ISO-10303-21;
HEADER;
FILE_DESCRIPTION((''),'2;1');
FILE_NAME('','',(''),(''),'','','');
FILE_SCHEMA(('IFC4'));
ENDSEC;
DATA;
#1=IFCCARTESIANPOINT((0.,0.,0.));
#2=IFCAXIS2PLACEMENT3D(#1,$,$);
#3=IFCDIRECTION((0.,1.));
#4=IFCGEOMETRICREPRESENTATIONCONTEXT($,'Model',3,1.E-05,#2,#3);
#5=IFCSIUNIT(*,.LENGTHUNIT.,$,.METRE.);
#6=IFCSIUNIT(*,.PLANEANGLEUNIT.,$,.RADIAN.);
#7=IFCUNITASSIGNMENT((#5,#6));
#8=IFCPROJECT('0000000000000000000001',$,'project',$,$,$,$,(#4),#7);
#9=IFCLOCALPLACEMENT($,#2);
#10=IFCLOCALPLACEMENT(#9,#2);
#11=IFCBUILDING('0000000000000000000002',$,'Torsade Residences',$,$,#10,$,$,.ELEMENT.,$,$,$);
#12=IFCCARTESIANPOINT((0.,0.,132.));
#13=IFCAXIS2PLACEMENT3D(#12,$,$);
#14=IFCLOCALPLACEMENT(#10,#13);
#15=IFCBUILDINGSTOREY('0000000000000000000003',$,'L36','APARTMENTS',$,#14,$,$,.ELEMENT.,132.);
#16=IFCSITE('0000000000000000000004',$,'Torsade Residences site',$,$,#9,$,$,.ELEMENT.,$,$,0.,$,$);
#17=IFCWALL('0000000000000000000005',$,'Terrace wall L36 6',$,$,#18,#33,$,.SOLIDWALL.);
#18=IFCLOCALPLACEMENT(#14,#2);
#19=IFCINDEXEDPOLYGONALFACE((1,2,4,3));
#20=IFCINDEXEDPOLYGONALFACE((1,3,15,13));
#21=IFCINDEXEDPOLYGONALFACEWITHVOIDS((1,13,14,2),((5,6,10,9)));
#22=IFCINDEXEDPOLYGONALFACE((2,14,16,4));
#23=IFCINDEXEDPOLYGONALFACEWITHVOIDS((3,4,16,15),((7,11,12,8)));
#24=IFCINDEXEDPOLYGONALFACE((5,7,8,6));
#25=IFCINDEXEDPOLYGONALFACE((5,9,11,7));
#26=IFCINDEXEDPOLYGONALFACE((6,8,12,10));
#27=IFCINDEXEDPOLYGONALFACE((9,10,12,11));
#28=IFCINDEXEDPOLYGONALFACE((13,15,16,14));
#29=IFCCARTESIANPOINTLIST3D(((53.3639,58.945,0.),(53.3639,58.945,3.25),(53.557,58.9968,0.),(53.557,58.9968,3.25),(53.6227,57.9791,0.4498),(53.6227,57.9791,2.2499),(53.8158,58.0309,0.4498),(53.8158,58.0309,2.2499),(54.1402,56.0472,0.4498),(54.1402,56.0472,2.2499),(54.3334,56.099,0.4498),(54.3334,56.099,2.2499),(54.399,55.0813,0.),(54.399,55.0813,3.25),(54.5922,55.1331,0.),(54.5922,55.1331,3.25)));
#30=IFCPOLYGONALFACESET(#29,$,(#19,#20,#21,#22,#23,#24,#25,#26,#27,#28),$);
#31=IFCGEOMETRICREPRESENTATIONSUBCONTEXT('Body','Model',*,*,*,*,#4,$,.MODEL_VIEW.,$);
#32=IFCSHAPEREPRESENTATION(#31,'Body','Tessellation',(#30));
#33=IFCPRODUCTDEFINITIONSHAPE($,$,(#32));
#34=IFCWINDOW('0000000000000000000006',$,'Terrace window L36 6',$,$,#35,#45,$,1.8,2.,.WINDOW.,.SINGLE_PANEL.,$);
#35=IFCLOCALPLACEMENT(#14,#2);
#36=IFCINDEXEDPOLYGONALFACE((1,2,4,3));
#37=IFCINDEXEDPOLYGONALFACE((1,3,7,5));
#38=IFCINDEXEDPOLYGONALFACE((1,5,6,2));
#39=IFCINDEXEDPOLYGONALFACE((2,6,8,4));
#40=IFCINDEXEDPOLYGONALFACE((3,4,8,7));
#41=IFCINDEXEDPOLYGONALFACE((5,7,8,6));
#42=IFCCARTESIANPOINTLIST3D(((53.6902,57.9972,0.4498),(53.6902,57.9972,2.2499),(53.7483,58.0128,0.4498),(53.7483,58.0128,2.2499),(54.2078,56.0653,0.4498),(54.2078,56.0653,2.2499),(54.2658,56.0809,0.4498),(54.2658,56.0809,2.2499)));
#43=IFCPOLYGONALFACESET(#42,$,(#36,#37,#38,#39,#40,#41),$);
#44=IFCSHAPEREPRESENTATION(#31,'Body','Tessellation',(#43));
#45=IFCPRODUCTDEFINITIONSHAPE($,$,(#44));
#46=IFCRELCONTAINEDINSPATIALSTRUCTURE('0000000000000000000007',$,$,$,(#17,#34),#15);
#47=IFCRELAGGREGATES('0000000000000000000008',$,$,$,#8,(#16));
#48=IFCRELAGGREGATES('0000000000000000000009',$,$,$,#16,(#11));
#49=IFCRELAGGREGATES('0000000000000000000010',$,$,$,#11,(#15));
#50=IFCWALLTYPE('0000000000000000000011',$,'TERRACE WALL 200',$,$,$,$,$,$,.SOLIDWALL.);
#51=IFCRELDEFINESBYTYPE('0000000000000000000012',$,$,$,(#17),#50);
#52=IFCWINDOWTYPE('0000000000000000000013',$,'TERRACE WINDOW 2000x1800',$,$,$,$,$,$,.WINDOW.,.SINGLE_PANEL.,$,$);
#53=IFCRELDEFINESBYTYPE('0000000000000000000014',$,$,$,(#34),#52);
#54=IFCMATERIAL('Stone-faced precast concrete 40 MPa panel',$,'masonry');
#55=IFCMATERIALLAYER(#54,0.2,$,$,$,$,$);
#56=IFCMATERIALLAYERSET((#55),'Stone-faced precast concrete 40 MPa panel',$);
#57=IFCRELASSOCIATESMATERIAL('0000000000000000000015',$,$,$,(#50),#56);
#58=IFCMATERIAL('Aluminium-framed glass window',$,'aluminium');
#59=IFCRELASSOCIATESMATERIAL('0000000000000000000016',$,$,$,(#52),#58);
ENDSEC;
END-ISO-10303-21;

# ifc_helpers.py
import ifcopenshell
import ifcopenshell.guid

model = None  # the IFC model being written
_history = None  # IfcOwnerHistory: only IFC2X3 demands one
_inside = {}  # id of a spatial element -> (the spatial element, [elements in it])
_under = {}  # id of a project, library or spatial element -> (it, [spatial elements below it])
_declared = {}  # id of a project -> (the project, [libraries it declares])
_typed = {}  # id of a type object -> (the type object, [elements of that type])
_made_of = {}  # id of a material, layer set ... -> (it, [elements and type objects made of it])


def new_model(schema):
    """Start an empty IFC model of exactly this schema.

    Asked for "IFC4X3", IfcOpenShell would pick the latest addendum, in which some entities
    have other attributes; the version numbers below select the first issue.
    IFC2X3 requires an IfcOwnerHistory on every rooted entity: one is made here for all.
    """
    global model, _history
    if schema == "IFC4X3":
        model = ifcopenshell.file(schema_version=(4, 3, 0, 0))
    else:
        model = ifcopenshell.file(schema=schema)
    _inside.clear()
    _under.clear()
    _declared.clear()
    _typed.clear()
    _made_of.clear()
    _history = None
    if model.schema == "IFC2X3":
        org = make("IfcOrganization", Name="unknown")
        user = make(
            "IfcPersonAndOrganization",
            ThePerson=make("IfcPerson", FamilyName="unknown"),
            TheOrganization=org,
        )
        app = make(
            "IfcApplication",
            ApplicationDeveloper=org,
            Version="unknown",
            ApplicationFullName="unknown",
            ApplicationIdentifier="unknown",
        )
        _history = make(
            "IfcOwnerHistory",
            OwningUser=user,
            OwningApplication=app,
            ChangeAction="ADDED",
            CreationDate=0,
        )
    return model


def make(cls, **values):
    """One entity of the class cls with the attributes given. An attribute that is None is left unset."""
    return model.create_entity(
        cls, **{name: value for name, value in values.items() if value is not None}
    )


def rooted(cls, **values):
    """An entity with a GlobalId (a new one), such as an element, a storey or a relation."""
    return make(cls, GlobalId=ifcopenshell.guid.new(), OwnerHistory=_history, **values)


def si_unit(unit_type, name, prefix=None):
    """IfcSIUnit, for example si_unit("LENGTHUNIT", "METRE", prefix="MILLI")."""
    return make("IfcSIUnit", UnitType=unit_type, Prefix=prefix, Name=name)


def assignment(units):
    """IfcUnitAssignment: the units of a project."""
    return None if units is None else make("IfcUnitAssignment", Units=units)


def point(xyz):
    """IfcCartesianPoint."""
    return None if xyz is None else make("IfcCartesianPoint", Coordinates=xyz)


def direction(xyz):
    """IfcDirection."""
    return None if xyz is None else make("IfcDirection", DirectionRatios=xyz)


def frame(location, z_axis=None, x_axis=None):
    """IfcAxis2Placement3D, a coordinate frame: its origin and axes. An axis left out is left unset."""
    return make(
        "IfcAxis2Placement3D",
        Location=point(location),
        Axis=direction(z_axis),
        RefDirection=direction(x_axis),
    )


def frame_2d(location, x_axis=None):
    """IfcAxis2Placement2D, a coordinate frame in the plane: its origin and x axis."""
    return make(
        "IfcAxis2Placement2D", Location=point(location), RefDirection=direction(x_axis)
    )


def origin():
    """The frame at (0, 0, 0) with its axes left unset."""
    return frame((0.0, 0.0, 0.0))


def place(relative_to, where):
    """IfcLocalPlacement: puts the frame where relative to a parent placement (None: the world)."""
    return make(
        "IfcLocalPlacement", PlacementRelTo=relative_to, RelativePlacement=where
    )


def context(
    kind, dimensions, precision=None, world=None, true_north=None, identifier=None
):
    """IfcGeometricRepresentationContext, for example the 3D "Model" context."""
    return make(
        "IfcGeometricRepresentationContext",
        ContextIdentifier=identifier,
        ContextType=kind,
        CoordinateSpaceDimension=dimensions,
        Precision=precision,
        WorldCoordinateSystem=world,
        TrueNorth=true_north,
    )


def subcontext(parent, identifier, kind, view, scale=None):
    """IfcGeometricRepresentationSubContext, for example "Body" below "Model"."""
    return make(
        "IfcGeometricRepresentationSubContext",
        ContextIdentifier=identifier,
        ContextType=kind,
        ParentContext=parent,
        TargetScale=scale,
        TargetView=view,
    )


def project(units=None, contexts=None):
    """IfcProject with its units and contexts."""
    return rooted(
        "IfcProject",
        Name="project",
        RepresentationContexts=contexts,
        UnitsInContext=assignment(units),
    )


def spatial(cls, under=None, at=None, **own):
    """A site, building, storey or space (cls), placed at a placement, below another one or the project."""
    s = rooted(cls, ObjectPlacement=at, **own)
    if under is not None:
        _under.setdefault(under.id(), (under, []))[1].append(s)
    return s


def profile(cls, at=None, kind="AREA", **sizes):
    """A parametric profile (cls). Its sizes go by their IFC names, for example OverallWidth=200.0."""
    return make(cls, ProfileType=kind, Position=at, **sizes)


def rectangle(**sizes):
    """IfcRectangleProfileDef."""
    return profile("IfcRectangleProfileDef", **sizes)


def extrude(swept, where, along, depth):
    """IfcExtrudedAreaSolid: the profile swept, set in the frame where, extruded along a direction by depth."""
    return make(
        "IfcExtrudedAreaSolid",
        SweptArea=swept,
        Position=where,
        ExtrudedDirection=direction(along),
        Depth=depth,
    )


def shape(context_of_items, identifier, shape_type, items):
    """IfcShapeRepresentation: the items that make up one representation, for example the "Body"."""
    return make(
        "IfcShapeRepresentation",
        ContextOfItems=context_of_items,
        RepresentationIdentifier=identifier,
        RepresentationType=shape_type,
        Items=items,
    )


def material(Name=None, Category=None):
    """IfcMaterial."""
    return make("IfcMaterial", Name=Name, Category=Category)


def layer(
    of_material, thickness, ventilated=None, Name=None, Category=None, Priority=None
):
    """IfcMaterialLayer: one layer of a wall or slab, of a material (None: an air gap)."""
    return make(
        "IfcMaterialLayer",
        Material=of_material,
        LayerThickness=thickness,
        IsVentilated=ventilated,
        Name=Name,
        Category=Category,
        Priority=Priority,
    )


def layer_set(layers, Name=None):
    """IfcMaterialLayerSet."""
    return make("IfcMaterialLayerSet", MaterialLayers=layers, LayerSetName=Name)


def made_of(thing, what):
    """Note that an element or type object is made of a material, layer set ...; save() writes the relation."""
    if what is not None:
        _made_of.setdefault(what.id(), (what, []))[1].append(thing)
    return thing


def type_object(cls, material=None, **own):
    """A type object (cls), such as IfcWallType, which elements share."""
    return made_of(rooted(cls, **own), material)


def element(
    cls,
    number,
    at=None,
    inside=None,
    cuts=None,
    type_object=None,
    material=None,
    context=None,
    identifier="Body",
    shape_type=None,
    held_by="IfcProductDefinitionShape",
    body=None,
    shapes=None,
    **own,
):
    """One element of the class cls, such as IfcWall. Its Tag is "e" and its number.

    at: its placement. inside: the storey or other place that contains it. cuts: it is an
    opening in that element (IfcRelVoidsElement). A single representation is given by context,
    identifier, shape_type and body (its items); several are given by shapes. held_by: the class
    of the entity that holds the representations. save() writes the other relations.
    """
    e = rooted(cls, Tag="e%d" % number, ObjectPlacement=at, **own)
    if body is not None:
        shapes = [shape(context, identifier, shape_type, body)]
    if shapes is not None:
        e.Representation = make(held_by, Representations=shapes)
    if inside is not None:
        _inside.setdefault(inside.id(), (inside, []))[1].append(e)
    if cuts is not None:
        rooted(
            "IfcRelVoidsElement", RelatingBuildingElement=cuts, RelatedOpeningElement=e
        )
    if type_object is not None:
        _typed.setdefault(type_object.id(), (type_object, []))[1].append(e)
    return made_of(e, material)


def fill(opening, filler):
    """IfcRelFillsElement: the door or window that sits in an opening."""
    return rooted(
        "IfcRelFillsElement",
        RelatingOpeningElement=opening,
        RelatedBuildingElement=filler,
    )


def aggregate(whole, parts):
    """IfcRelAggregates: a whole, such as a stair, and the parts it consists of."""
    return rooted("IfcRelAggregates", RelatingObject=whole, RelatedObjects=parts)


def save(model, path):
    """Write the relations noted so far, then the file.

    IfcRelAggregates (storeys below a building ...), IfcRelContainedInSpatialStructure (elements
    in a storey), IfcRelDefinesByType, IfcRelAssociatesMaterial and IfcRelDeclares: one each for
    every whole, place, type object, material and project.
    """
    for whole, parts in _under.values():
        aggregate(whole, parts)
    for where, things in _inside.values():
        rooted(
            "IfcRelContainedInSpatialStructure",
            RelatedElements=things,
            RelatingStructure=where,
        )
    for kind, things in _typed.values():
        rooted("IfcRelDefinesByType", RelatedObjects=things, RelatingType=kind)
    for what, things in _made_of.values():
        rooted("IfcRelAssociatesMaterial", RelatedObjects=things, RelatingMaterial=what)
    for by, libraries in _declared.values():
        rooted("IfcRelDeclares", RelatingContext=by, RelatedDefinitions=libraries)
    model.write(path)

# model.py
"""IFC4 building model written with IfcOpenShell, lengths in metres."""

from ifc_helpers import new_model, si_unit, direction, frame, frame_2d, origin, place, context, subcontext, project, spatial, rectangle, extrude, material, layer, layer_set, type_object, element, fill, save


model = new_model("IFC4")

# Units and contexts
model_context = context("Model", 3, precision=1e-05, world=origin(), true_north=direction((0.0, 1.0)))
body_context = subcontext(model_context, "Body", "Model", "MODEL_VIEW")
ifc_project = project(units=[si_unit("LENGTHUNIT", "METRE"), si_unit("PLANEANGLEUNIT", "RADIAN")], contexts=[model_context])

# Site, building, storey
site_placement = place(None, origin())
site = spatial("IfcSite", under=ifc_project, at=site_placement, Name="Torsade Residences site", CompositionType="ELEMENT", RefElevation=0.0)
building_placement = place(site_placement, origin())
building = spatial("IfcBuilding", under=site, at=building_placement, Name="Torsade Residences", CompositionType="ELEMENT")
storey_placement = place(building_placement, frame((0.0, 0.0, 132.0)))
storey = spatial("IfcBuildingStorey", under=building, at=storey_placement, Name="L36", Description="APARTMENTS", CompositionType="ELEMENT", Elevation=132.0)

# Shared definitions
ifc_material_1 = material(Name="Stone-faced precast concrete 40 MPa panel", Category="masonry")
ifc_layer_1 = layer(ifc_material_1, 0.2)
ifc_layer_set_1 = layer_set([ifc_layer_1], Name="Stone-faced precast concrete 40 MPa panel")
wall_type = type_object("IfcWallType", Name="TERRACE WALL 200", PredefinedType="SOLIDWALL", material=ifc_layer_set_1)

# Wall, opening, window
wall_1_placement = place(storey_placement, frame((54.4956, 55.1072, 0.0), z_axis=(0.0, 0.0, 1.0), x_axis=(-0.258787, 0.965934, 0.0)))
wall_1 = element("IfcWall", 1, at=wall_1_placement, inside=storey, type_object=wall_type, Name="Terrace wall L36 6", PredefinedType="SOLIDWALL", context=body_context, shape_type="SweptSolid", body=[
    extrude(rectangle(XDim=4.0, YDim=0.2, at=frame_2d((2.0, 0.0))), origin(), (0.0, 0.0, 1.0), 3.25),
])
opening_1_placement = place(wall_1_placement, frame((1.0, 0.0, 0.45)))
opening_1 = element("IfcOpeningElement", 2, at=opening_1_placement, cuts=wall_1, PredefinedType="OPENING", context=body_context, shape_type="SweptSolid", body=[
    extrude(rectangle(XDim=2.0, YDim=1.8, at=frame_2d((1.0, 0.8999))), frame((0.0, 0.1099, 0.0), z_axis=(0.0, -1.0, 0.0), x_axis=(1.0, 0.0, 0.0)), (0.0, 0.0, 1.0), 0.22),
])
ifc_material_2 = material(Name="Aluminium-framed glass window", Category="aluminium")
window_type = type_object("IfcWindowType", Name="TERRACE WINDOW 2000x1800", PartitioningType="SINGLE_PANEL", PredefinedType="WINDOW", material=ifc_material_2)
window_placement = place(opening_1_placement, origin())
window = element("IfcWindow", 3, at=window_placement, inside=storey, type_object=window_type, Name="Terrace window L36 6", OverallHeight=1.8, OverallWidth=2.0, PartitioningType="SINGLE_PANEL", PredefinedType="WINDOW", context=body_context, shape_type="SweptSolid", body=[
    extrude(rectangle(XDim=2.0, YDim=1.8, at=frame_2d((1.0, 0.8999))), frame((0.0, 0.03, 0.0), z_axis=(0.0, -1.0, 0.0), x_axis=(1.0, 0.0, 0.0)), (0.0, 0.0, 1.0), 0.0601),
])
fill(opening_1, window)

save(model, "model.ifc")
